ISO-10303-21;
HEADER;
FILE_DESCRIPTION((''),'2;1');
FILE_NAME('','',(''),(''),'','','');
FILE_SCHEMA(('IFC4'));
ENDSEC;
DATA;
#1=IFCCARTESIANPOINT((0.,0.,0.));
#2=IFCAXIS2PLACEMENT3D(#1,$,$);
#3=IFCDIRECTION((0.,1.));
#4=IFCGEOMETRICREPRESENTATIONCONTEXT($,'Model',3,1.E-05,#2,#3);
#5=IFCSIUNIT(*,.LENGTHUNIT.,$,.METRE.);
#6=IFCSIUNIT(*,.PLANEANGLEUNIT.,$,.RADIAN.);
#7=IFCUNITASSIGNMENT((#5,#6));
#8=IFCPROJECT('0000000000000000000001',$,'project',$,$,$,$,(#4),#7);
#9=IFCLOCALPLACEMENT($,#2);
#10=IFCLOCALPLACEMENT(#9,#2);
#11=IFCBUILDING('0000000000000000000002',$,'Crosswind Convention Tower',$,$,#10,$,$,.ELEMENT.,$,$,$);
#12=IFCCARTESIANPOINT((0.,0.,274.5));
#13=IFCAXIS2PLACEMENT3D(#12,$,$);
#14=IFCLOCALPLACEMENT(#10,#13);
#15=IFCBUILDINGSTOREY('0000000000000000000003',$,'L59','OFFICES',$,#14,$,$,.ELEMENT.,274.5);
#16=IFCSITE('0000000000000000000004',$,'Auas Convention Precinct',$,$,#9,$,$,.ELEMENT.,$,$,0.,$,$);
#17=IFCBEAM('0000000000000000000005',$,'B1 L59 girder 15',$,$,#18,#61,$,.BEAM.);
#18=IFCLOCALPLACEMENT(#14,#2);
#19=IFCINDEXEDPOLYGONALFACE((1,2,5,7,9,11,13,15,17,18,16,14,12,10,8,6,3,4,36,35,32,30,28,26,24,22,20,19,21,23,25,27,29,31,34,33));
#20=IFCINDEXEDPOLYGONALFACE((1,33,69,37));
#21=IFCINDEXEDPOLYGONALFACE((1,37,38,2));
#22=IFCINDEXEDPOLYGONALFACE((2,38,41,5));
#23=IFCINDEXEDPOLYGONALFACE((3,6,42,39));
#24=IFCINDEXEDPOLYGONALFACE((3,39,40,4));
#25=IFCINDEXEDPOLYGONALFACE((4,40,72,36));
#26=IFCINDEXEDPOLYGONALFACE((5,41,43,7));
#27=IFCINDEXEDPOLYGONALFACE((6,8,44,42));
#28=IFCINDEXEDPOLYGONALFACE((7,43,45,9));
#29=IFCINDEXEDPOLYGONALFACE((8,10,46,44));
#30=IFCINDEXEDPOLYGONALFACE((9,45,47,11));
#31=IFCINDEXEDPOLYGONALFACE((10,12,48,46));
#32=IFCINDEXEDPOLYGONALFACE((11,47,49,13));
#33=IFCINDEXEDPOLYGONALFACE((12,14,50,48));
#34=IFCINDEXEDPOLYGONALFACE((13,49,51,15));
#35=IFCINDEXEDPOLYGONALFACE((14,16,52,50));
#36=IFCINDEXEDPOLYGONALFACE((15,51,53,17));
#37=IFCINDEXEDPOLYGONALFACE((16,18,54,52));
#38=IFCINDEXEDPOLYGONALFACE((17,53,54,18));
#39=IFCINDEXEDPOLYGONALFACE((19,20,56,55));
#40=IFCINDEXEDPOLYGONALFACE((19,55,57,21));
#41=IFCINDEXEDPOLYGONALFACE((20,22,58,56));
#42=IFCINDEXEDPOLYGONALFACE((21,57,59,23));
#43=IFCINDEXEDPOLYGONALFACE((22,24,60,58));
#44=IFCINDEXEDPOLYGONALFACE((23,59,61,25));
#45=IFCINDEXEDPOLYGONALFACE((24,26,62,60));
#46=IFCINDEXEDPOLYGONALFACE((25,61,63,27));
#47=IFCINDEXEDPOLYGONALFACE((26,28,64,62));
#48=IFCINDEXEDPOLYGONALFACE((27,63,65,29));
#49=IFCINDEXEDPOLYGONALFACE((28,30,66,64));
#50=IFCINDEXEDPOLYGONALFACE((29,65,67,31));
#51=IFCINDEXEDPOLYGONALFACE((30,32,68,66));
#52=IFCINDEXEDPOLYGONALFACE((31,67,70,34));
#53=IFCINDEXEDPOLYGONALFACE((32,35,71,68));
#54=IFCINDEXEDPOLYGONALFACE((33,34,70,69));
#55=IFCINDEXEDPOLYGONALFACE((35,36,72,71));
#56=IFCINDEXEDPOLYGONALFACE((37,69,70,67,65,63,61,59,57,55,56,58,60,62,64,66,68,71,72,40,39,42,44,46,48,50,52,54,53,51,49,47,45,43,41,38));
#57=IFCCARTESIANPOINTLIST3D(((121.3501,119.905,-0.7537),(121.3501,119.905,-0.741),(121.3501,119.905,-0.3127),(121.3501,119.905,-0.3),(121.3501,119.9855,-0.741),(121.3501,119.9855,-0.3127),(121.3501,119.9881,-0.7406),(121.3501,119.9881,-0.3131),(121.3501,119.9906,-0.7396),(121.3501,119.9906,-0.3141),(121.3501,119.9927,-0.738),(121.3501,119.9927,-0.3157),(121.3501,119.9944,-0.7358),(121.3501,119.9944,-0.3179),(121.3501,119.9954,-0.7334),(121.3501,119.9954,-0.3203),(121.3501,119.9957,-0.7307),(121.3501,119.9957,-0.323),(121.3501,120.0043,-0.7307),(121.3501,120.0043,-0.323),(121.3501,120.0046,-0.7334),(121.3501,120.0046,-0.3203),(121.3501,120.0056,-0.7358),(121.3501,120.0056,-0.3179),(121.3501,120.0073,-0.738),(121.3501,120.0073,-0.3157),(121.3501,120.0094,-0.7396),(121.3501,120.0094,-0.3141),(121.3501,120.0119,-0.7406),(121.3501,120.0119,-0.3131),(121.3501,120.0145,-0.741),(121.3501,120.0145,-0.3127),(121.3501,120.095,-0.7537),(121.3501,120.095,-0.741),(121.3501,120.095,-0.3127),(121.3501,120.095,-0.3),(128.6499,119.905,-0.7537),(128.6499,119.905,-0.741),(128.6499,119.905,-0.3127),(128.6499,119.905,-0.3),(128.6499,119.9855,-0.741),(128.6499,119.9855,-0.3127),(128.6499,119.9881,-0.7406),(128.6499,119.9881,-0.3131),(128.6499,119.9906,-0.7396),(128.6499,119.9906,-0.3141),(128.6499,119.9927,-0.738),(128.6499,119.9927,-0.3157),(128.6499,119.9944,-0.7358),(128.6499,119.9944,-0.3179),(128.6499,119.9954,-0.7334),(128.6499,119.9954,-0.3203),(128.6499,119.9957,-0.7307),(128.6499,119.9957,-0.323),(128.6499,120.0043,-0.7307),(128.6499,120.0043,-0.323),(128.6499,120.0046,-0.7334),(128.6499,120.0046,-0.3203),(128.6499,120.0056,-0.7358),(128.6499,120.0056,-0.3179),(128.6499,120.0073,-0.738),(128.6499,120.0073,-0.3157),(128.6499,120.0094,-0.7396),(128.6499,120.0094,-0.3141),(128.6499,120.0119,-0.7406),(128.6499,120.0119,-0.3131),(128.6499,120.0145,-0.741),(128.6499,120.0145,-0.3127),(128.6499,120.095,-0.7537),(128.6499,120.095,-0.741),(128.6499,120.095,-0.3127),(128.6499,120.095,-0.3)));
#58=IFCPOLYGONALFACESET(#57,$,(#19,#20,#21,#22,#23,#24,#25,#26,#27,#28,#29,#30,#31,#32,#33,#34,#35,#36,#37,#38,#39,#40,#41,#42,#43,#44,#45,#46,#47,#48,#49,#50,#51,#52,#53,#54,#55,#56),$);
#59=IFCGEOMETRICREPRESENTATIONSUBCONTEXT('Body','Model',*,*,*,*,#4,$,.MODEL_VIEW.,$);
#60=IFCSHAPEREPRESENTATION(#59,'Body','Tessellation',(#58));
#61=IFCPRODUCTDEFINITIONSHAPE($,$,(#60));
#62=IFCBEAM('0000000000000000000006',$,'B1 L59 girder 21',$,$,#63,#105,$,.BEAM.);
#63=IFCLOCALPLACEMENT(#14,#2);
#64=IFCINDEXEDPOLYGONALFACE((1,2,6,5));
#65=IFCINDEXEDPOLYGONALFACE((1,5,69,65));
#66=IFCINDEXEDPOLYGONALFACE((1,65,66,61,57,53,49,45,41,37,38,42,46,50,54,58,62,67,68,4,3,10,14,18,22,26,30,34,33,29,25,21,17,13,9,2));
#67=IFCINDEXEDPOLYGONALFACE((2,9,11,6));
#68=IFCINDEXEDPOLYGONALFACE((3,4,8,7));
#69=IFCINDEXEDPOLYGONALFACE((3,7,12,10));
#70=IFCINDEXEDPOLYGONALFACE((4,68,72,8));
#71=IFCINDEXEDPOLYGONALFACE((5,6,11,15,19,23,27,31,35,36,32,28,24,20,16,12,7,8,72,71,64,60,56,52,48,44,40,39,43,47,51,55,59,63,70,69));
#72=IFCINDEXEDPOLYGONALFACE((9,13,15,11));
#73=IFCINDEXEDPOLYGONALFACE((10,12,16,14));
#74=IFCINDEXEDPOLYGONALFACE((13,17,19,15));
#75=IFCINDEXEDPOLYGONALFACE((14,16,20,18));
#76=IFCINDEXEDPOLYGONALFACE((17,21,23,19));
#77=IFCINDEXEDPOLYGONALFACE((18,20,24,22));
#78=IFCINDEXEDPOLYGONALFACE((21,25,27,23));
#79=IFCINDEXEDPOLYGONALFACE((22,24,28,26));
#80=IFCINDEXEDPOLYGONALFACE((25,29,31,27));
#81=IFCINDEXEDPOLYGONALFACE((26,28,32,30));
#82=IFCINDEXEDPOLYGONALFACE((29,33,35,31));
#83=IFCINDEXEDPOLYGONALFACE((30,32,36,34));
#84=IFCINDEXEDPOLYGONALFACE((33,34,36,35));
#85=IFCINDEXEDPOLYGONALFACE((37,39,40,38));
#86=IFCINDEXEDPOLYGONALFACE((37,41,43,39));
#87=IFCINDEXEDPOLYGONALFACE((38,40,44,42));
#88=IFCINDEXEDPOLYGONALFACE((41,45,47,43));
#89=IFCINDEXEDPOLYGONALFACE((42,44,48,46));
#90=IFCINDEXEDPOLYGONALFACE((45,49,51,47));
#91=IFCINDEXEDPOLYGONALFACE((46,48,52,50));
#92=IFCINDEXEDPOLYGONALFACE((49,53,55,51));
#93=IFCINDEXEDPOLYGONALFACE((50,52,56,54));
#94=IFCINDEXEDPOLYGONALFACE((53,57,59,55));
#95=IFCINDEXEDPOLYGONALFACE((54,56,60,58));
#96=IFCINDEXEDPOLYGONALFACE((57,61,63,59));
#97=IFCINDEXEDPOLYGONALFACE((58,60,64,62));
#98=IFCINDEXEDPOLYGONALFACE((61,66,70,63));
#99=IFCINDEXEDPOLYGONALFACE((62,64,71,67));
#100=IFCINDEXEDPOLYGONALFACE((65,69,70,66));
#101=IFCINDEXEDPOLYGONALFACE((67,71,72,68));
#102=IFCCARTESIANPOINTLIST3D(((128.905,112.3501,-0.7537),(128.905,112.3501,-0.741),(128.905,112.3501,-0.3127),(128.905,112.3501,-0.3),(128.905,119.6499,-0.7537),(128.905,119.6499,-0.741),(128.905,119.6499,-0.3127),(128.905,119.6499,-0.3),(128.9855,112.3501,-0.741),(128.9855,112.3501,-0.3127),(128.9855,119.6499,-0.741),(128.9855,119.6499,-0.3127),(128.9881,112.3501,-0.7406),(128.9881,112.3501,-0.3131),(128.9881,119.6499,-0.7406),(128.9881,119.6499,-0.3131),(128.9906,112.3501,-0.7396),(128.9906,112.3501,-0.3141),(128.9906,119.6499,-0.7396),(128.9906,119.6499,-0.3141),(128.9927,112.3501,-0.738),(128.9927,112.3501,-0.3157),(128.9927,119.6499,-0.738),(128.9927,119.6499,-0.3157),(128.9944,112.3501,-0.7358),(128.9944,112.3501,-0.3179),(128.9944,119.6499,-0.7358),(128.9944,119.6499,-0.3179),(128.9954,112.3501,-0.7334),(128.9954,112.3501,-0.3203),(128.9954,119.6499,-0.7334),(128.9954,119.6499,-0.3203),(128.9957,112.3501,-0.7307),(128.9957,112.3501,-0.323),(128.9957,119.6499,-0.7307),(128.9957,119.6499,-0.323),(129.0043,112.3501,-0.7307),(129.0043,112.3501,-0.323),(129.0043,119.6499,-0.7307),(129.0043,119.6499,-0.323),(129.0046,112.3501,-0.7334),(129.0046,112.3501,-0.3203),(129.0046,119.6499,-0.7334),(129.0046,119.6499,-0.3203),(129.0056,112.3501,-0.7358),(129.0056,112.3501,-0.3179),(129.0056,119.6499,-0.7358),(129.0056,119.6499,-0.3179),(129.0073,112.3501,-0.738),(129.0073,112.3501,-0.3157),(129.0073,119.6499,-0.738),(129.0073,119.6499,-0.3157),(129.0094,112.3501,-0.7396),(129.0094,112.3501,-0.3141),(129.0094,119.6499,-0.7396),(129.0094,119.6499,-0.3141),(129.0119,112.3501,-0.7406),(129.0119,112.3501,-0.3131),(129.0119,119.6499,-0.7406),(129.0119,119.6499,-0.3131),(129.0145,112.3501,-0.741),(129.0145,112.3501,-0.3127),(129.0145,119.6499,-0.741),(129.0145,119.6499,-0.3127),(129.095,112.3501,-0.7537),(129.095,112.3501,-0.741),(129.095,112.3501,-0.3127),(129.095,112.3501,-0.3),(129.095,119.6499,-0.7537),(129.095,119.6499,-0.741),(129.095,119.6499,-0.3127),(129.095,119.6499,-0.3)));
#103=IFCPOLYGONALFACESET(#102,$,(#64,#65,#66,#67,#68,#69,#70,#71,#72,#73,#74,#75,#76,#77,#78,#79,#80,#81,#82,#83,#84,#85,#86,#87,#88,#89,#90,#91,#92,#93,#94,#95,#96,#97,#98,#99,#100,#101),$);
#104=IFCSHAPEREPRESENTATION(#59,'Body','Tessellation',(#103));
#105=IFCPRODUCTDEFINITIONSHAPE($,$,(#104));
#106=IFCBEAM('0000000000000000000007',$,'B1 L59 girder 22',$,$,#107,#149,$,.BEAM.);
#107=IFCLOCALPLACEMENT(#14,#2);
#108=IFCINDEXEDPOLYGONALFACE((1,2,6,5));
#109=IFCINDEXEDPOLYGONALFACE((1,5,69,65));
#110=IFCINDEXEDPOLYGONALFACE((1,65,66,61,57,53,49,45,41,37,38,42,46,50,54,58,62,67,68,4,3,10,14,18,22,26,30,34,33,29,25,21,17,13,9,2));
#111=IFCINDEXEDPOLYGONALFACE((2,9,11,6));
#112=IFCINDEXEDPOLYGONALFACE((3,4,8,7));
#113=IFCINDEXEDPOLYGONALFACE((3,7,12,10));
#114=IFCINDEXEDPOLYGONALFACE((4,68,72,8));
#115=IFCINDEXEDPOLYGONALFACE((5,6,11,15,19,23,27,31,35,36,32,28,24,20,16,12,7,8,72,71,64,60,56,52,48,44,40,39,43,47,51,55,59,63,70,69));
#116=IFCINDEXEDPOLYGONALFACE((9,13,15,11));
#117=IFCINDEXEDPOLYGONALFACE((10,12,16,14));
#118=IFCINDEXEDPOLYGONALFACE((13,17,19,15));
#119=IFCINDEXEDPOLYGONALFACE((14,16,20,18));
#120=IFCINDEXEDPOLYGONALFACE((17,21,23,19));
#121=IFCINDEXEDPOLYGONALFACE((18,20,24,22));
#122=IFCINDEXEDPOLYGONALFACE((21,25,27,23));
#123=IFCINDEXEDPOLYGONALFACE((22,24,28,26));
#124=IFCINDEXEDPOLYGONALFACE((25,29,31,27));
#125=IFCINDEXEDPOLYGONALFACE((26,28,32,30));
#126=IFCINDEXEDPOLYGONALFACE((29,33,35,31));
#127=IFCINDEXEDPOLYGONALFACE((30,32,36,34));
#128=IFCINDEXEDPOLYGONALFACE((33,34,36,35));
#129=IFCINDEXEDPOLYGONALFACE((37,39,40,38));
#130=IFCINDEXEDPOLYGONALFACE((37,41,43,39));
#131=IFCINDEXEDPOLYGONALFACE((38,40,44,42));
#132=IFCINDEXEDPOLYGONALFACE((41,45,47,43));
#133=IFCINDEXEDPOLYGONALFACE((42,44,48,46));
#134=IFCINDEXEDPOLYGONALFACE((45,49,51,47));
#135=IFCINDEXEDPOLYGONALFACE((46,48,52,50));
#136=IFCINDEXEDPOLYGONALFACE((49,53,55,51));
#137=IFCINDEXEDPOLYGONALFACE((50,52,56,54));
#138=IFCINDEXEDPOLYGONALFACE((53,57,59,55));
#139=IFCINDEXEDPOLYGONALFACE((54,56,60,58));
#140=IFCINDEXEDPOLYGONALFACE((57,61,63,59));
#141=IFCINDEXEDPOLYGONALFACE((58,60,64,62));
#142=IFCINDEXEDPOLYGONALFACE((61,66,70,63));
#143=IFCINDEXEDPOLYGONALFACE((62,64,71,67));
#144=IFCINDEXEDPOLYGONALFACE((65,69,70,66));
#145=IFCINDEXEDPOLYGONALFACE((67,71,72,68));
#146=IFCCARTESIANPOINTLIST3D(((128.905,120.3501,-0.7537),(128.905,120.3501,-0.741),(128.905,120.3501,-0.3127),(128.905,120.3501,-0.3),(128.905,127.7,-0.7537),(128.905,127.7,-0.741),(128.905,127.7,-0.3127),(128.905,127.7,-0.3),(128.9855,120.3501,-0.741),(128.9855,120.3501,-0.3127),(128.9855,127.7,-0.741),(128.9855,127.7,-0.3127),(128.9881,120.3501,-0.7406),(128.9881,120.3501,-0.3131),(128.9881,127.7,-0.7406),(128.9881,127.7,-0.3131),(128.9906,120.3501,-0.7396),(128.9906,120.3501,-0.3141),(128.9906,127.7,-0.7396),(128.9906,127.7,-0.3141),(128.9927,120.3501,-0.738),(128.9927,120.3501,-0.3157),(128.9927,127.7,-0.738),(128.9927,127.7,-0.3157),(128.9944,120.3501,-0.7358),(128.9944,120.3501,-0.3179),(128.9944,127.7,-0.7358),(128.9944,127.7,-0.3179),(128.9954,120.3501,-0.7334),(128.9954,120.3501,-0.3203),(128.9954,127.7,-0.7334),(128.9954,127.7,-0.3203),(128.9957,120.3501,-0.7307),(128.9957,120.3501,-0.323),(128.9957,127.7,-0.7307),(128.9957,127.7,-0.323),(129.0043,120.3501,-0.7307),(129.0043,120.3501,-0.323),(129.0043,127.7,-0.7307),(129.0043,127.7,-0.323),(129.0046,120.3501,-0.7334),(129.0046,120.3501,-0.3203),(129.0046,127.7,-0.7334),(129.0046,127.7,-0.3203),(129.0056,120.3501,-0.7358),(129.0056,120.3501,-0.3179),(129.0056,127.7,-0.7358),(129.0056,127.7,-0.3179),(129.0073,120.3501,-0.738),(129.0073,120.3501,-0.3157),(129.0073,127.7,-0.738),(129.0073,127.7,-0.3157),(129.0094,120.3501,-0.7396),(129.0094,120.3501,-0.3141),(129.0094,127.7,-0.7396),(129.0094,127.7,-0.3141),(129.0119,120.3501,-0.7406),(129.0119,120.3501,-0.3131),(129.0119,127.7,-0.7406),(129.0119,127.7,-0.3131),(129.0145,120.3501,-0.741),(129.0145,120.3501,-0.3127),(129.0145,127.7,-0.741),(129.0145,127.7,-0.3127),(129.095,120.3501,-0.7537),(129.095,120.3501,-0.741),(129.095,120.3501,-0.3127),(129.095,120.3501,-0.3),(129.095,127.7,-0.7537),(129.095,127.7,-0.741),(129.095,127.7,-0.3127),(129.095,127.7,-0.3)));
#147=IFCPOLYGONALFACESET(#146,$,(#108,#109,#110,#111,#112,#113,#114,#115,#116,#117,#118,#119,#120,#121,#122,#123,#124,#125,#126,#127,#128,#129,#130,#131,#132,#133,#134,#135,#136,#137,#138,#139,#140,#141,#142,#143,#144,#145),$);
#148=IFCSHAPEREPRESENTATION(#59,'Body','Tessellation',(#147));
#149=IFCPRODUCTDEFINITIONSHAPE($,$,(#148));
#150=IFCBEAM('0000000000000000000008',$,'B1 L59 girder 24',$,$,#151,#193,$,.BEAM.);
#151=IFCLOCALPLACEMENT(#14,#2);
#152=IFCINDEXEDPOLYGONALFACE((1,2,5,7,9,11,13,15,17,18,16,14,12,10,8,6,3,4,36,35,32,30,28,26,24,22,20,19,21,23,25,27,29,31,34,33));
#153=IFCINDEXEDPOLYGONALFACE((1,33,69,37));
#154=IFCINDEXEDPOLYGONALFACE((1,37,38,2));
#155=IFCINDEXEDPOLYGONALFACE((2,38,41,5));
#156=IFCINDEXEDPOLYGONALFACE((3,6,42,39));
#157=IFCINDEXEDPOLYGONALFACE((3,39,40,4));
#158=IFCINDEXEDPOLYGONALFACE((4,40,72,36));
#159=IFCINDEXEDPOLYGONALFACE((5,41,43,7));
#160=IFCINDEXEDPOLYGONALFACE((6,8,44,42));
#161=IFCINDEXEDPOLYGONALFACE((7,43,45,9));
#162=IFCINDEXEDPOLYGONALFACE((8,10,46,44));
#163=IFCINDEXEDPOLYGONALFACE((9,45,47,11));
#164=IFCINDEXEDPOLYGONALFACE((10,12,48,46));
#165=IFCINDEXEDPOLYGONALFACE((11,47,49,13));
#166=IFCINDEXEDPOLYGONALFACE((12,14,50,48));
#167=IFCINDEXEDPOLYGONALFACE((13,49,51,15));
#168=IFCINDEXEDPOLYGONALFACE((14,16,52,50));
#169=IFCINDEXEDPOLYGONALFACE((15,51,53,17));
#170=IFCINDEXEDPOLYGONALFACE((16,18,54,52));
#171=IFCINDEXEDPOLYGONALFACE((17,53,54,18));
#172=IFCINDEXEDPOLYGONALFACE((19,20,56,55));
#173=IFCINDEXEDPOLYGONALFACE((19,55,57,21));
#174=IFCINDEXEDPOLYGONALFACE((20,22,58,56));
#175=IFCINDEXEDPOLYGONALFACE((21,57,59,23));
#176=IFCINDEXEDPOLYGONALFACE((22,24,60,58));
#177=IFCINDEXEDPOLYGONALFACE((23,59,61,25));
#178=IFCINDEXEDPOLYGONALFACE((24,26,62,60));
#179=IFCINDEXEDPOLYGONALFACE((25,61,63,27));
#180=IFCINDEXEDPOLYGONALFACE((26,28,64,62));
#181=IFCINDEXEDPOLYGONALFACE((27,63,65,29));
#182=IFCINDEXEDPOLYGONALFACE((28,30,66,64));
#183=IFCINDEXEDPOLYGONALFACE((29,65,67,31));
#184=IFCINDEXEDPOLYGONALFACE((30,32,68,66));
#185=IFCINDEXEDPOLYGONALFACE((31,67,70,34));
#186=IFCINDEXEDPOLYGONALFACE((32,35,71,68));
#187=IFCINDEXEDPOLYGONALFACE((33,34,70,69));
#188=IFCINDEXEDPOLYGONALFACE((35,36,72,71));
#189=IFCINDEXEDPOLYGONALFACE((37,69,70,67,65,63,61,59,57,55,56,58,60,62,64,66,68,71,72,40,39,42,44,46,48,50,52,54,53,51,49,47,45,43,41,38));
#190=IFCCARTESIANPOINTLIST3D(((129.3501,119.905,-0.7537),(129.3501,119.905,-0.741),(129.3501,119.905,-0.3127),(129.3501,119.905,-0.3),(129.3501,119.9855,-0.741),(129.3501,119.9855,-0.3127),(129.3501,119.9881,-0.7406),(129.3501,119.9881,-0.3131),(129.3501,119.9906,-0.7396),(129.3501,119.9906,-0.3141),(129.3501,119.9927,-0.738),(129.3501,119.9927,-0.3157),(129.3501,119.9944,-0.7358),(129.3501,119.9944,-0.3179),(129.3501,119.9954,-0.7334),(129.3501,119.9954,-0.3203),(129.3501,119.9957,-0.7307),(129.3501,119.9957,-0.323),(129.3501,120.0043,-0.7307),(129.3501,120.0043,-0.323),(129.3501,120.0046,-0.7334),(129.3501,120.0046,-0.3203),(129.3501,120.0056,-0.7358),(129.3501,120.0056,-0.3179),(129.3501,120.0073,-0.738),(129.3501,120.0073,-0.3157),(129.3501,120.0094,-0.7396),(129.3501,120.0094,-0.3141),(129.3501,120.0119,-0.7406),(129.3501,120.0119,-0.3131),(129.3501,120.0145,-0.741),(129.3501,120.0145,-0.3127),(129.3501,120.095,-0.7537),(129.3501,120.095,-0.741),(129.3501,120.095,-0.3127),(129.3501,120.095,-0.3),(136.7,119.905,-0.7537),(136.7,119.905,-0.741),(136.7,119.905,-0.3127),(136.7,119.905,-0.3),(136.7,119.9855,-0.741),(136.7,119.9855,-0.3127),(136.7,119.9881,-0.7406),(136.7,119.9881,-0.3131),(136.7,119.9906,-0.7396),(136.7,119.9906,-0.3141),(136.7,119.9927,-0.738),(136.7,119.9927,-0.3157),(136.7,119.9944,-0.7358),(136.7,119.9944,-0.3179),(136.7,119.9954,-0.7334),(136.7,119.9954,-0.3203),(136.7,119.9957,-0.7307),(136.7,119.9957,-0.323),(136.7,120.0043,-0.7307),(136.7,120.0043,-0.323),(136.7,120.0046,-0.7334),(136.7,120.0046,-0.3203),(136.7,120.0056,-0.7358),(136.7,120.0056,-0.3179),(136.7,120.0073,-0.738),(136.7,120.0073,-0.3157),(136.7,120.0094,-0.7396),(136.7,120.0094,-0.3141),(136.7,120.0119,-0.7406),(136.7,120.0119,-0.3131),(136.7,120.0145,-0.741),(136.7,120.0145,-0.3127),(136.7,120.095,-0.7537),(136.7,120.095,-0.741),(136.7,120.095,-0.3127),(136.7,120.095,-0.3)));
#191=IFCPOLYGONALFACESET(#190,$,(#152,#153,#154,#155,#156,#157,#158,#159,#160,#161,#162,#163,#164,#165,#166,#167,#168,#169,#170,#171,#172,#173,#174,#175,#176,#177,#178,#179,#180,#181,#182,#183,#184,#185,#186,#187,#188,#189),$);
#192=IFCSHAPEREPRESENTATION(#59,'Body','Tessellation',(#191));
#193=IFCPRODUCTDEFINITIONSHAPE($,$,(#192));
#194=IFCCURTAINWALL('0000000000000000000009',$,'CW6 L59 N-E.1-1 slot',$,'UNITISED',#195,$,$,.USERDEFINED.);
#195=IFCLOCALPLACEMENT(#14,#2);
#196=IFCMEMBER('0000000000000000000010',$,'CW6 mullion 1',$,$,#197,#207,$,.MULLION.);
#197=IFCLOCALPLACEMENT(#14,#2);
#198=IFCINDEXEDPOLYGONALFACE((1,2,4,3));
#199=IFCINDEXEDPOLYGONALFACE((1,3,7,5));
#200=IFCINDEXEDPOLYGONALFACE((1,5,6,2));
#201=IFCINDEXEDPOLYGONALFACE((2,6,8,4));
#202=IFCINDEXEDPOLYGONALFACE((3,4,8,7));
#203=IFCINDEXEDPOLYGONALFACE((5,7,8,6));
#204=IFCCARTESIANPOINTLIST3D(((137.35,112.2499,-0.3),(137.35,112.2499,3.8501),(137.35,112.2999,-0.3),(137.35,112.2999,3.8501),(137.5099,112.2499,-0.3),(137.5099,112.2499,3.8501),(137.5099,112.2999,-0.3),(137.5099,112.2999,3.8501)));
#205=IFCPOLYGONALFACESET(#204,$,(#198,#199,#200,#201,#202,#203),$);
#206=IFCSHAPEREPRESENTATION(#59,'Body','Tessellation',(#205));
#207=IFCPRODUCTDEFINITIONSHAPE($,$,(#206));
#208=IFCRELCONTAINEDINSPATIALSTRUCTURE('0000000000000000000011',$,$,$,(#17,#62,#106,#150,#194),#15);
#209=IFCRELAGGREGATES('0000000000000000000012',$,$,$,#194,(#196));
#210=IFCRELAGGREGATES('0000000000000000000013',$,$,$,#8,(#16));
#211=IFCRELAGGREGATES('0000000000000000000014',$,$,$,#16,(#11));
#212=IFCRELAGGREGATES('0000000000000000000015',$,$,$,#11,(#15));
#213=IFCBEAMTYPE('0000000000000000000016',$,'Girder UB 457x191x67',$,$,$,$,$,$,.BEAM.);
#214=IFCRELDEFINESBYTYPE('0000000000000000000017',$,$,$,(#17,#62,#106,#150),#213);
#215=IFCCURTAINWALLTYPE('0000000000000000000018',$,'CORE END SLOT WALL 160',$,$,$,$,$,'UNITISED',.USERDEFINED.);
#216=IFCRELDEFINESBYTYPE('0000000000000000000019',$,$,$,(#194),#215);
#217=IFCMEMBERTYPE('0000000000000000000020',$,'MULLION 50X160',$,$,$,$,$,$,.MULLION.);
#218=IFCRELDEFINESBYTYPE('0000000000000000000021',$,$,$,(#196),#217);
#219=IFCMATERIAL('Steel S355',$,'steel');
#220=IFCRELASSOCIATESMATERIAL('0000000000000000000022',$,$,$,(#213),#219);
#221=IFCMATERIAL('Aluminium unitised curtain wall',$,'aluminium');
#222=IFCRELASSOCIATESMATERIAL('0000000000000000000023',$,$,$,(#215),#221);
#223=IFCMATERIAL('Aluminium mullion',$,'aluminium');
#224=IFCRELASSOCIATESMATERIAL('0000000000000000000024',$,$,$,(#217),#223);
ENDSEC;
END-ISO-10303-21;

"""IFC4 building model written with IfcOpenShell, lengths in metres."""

from ifc_helpers import new_model, si_unit, direction, frame, origin, origin_2d, place, context, subcontext, project, spatial, rectangle, i_section, extrude, material, material_profile, profile_set, type_object, element, aggregate, save


model = new_model("IFC4")

# Units and contexts
model_context = context("Model", 3, precision=1e-05, world=origin(), true_north=direction((0.0, 1.0)))
body_context = subcontext(model_context, "Body", "Model", "MODEL_VIEW")
ifc_project = project(units=[si_unit("LENGTHUNIT", "METRE"), si_unit("PLANEANGLEUNIT", "RADIAN")], contexts=[model_context])

# Site, building, storey
site_placement = place(None, origin())
site = spatial("IfcSite", under=ifc_project, at=site_placement, Name="Auas Convention Precinct", CompositionType="ELEMENT", RefElevation=0.0)
building_placement = place(site_placement, origin())
building = spatial("IfcBuilding", under=site, at=building_placement, Name="Crosswind Convention Tower", CompositionType="ELEMENT")
storey_placement = place(building_placement, frame((0.0, 0.0, 274.5)))
storey = spatial("IfcBuildingStorey", under=building, at=storey_placement, Name="L59", Description="OFFICES", CompositionType="ELEMENT", Elevation=274.5)

# Beams
ifc_material_1 = material(Name="Steel S355", Category="steel")
ifc_material_profile_1 = material_profile(ifc_material_1, i_section(OverallWidth=0.1899, OverallDepth=0.4536, WebThickness=0.0085, FlangeThickness=0.0127, FilletRadius=0.0103, at=origin_2d()), Name="UB 457x191x67")
ifc_profile_set_1 = profile_set([ifc_material_profile_1], Name="Steel S355")
beam_type_1 = type_object("IfcBeamType", Name="Girder UB 457x191x67", PredefinedType="BEAM", material=ifc_profile_set_1)
for number, where, z_axis, x_axis, name in (
    (1, (121.3501, 120.0, -0.5269), (1.0, 0.0, 0.0), (0.0, 1.0, 0.0), "B1 L59 girder 15"),
    (2, (129.0, 112.3501, -0.5269), (0.0, 1.0, 0.0), (-1.0, 0.0, 0.0), "B1 L59 girder 21"),
):
    element("IfcBeam", number, at=place(storey_placement, frame(where, z_axis=z_axis, x_axis=x_axis)), inside=storey, type_object=beam_type_1, Name=name, PredefinedType="BEAM", context=body_context, shape_type="SweptSolid", body=[
        extrude(i_section(OverallWidth=0.1899, OverallDepth=0.4536, WebThickness=0.0085, FlangeThickness=0.0127, FilletRadius=0.0103, at=origin_2d()), origin(), (0.0, 0.0, 1.0), 7.2998),
    ])
for number, where, z_axis, x_axis, name in (
    (3, (129.0, 120.3501, -0.5269), (0.0, 1.0, 0.0), (-1.0, 0.0, 0.0), "B1 L59 girder 22"),
    (4, (129.3501, 120.0, -0.5269), (1.0, 0.0, 0.0), (0.0, 1.0, 0.0), "B1 L59 girder 24"),
):
    element("IfcBeam", number, at=place(storey_placement, frame(where, z_axis=z_axis, x_axis=x_axis)), inside=storey, type_object=beam_type_1, Name=name, PredefinedType="BEAM", context=body_context, shape_type="SweptSolid", body=[
        extrude(i_section(OverallWidth=0.1899, OverallDepth=0.4536, WebThickness=0.0085, FlangeThickness=0.0127, FilletRadius=0.0103, at=origin_2d()), origin(), (0.0, 0.0, 1.0), 7.3499),
    ])

# Curtain wall, member
ifc_material_2 = material(Name="Aluminium unitised curtain wall", Category="aluminium")
curtain_wall_type_1 = type_object("IfcCurtainWallType", Name="CORE END SLOT WALL 160", ElementType="UNITISED", PredefinedType="USERDEFINED", material=ifc_material_2)
curtain_wall_1_placement = place(storey_placement, origin())
curtain_wall_1 = element("IfcCurtainWall", 5, at=curtain_wall_1_placement, inside=storey, type_object=curtain_wall_type_1, Name="CW6 L59 N-E.1-1 slot", ObjectType="UNITISED", PredefinedType="USERDEFINED")
ifc_material_3 = material(Name="Aluminium mullion", Category="aluminium")
ifc_material_profile_2 = material_profile(ifc_material_3, rectangle(XDim=0.1599, YDim=0.05, at=origin_2d()), Name="AL 160X50")
ifc_profile_set_2 = profile_set([ifc_material_profile_2], Name="Aluminium mullion")
member_type_1 = type_object("IfcMemberType", Name="MULLION 50X160", PredefinedType="MULLION", material=ifc_profile_set_2)
member_1_placement = place(storey_placement, frame((137.4299, 112.2749, -0.3), z_axis=(0.0, 0.0, 1.0), x_axis=(1.0, 0.0, 0.0)))
member_1 = element("IfcMember", 6, at=member_1_placement, type_object=member_type_1, Name="CW6 mullion 1", PredefinedType="MULLION", context=body_context, shape_type="SweptSolid", body=[
    extrude(rectangle(XDim=0.1599, YDim=0.05, at=origin_2d()), origin(), (0.0, 0.0, 1.0), 4.1501),
])

aggregate(curtain_wall_1, [member_1])

save(model, "model.ifc")
